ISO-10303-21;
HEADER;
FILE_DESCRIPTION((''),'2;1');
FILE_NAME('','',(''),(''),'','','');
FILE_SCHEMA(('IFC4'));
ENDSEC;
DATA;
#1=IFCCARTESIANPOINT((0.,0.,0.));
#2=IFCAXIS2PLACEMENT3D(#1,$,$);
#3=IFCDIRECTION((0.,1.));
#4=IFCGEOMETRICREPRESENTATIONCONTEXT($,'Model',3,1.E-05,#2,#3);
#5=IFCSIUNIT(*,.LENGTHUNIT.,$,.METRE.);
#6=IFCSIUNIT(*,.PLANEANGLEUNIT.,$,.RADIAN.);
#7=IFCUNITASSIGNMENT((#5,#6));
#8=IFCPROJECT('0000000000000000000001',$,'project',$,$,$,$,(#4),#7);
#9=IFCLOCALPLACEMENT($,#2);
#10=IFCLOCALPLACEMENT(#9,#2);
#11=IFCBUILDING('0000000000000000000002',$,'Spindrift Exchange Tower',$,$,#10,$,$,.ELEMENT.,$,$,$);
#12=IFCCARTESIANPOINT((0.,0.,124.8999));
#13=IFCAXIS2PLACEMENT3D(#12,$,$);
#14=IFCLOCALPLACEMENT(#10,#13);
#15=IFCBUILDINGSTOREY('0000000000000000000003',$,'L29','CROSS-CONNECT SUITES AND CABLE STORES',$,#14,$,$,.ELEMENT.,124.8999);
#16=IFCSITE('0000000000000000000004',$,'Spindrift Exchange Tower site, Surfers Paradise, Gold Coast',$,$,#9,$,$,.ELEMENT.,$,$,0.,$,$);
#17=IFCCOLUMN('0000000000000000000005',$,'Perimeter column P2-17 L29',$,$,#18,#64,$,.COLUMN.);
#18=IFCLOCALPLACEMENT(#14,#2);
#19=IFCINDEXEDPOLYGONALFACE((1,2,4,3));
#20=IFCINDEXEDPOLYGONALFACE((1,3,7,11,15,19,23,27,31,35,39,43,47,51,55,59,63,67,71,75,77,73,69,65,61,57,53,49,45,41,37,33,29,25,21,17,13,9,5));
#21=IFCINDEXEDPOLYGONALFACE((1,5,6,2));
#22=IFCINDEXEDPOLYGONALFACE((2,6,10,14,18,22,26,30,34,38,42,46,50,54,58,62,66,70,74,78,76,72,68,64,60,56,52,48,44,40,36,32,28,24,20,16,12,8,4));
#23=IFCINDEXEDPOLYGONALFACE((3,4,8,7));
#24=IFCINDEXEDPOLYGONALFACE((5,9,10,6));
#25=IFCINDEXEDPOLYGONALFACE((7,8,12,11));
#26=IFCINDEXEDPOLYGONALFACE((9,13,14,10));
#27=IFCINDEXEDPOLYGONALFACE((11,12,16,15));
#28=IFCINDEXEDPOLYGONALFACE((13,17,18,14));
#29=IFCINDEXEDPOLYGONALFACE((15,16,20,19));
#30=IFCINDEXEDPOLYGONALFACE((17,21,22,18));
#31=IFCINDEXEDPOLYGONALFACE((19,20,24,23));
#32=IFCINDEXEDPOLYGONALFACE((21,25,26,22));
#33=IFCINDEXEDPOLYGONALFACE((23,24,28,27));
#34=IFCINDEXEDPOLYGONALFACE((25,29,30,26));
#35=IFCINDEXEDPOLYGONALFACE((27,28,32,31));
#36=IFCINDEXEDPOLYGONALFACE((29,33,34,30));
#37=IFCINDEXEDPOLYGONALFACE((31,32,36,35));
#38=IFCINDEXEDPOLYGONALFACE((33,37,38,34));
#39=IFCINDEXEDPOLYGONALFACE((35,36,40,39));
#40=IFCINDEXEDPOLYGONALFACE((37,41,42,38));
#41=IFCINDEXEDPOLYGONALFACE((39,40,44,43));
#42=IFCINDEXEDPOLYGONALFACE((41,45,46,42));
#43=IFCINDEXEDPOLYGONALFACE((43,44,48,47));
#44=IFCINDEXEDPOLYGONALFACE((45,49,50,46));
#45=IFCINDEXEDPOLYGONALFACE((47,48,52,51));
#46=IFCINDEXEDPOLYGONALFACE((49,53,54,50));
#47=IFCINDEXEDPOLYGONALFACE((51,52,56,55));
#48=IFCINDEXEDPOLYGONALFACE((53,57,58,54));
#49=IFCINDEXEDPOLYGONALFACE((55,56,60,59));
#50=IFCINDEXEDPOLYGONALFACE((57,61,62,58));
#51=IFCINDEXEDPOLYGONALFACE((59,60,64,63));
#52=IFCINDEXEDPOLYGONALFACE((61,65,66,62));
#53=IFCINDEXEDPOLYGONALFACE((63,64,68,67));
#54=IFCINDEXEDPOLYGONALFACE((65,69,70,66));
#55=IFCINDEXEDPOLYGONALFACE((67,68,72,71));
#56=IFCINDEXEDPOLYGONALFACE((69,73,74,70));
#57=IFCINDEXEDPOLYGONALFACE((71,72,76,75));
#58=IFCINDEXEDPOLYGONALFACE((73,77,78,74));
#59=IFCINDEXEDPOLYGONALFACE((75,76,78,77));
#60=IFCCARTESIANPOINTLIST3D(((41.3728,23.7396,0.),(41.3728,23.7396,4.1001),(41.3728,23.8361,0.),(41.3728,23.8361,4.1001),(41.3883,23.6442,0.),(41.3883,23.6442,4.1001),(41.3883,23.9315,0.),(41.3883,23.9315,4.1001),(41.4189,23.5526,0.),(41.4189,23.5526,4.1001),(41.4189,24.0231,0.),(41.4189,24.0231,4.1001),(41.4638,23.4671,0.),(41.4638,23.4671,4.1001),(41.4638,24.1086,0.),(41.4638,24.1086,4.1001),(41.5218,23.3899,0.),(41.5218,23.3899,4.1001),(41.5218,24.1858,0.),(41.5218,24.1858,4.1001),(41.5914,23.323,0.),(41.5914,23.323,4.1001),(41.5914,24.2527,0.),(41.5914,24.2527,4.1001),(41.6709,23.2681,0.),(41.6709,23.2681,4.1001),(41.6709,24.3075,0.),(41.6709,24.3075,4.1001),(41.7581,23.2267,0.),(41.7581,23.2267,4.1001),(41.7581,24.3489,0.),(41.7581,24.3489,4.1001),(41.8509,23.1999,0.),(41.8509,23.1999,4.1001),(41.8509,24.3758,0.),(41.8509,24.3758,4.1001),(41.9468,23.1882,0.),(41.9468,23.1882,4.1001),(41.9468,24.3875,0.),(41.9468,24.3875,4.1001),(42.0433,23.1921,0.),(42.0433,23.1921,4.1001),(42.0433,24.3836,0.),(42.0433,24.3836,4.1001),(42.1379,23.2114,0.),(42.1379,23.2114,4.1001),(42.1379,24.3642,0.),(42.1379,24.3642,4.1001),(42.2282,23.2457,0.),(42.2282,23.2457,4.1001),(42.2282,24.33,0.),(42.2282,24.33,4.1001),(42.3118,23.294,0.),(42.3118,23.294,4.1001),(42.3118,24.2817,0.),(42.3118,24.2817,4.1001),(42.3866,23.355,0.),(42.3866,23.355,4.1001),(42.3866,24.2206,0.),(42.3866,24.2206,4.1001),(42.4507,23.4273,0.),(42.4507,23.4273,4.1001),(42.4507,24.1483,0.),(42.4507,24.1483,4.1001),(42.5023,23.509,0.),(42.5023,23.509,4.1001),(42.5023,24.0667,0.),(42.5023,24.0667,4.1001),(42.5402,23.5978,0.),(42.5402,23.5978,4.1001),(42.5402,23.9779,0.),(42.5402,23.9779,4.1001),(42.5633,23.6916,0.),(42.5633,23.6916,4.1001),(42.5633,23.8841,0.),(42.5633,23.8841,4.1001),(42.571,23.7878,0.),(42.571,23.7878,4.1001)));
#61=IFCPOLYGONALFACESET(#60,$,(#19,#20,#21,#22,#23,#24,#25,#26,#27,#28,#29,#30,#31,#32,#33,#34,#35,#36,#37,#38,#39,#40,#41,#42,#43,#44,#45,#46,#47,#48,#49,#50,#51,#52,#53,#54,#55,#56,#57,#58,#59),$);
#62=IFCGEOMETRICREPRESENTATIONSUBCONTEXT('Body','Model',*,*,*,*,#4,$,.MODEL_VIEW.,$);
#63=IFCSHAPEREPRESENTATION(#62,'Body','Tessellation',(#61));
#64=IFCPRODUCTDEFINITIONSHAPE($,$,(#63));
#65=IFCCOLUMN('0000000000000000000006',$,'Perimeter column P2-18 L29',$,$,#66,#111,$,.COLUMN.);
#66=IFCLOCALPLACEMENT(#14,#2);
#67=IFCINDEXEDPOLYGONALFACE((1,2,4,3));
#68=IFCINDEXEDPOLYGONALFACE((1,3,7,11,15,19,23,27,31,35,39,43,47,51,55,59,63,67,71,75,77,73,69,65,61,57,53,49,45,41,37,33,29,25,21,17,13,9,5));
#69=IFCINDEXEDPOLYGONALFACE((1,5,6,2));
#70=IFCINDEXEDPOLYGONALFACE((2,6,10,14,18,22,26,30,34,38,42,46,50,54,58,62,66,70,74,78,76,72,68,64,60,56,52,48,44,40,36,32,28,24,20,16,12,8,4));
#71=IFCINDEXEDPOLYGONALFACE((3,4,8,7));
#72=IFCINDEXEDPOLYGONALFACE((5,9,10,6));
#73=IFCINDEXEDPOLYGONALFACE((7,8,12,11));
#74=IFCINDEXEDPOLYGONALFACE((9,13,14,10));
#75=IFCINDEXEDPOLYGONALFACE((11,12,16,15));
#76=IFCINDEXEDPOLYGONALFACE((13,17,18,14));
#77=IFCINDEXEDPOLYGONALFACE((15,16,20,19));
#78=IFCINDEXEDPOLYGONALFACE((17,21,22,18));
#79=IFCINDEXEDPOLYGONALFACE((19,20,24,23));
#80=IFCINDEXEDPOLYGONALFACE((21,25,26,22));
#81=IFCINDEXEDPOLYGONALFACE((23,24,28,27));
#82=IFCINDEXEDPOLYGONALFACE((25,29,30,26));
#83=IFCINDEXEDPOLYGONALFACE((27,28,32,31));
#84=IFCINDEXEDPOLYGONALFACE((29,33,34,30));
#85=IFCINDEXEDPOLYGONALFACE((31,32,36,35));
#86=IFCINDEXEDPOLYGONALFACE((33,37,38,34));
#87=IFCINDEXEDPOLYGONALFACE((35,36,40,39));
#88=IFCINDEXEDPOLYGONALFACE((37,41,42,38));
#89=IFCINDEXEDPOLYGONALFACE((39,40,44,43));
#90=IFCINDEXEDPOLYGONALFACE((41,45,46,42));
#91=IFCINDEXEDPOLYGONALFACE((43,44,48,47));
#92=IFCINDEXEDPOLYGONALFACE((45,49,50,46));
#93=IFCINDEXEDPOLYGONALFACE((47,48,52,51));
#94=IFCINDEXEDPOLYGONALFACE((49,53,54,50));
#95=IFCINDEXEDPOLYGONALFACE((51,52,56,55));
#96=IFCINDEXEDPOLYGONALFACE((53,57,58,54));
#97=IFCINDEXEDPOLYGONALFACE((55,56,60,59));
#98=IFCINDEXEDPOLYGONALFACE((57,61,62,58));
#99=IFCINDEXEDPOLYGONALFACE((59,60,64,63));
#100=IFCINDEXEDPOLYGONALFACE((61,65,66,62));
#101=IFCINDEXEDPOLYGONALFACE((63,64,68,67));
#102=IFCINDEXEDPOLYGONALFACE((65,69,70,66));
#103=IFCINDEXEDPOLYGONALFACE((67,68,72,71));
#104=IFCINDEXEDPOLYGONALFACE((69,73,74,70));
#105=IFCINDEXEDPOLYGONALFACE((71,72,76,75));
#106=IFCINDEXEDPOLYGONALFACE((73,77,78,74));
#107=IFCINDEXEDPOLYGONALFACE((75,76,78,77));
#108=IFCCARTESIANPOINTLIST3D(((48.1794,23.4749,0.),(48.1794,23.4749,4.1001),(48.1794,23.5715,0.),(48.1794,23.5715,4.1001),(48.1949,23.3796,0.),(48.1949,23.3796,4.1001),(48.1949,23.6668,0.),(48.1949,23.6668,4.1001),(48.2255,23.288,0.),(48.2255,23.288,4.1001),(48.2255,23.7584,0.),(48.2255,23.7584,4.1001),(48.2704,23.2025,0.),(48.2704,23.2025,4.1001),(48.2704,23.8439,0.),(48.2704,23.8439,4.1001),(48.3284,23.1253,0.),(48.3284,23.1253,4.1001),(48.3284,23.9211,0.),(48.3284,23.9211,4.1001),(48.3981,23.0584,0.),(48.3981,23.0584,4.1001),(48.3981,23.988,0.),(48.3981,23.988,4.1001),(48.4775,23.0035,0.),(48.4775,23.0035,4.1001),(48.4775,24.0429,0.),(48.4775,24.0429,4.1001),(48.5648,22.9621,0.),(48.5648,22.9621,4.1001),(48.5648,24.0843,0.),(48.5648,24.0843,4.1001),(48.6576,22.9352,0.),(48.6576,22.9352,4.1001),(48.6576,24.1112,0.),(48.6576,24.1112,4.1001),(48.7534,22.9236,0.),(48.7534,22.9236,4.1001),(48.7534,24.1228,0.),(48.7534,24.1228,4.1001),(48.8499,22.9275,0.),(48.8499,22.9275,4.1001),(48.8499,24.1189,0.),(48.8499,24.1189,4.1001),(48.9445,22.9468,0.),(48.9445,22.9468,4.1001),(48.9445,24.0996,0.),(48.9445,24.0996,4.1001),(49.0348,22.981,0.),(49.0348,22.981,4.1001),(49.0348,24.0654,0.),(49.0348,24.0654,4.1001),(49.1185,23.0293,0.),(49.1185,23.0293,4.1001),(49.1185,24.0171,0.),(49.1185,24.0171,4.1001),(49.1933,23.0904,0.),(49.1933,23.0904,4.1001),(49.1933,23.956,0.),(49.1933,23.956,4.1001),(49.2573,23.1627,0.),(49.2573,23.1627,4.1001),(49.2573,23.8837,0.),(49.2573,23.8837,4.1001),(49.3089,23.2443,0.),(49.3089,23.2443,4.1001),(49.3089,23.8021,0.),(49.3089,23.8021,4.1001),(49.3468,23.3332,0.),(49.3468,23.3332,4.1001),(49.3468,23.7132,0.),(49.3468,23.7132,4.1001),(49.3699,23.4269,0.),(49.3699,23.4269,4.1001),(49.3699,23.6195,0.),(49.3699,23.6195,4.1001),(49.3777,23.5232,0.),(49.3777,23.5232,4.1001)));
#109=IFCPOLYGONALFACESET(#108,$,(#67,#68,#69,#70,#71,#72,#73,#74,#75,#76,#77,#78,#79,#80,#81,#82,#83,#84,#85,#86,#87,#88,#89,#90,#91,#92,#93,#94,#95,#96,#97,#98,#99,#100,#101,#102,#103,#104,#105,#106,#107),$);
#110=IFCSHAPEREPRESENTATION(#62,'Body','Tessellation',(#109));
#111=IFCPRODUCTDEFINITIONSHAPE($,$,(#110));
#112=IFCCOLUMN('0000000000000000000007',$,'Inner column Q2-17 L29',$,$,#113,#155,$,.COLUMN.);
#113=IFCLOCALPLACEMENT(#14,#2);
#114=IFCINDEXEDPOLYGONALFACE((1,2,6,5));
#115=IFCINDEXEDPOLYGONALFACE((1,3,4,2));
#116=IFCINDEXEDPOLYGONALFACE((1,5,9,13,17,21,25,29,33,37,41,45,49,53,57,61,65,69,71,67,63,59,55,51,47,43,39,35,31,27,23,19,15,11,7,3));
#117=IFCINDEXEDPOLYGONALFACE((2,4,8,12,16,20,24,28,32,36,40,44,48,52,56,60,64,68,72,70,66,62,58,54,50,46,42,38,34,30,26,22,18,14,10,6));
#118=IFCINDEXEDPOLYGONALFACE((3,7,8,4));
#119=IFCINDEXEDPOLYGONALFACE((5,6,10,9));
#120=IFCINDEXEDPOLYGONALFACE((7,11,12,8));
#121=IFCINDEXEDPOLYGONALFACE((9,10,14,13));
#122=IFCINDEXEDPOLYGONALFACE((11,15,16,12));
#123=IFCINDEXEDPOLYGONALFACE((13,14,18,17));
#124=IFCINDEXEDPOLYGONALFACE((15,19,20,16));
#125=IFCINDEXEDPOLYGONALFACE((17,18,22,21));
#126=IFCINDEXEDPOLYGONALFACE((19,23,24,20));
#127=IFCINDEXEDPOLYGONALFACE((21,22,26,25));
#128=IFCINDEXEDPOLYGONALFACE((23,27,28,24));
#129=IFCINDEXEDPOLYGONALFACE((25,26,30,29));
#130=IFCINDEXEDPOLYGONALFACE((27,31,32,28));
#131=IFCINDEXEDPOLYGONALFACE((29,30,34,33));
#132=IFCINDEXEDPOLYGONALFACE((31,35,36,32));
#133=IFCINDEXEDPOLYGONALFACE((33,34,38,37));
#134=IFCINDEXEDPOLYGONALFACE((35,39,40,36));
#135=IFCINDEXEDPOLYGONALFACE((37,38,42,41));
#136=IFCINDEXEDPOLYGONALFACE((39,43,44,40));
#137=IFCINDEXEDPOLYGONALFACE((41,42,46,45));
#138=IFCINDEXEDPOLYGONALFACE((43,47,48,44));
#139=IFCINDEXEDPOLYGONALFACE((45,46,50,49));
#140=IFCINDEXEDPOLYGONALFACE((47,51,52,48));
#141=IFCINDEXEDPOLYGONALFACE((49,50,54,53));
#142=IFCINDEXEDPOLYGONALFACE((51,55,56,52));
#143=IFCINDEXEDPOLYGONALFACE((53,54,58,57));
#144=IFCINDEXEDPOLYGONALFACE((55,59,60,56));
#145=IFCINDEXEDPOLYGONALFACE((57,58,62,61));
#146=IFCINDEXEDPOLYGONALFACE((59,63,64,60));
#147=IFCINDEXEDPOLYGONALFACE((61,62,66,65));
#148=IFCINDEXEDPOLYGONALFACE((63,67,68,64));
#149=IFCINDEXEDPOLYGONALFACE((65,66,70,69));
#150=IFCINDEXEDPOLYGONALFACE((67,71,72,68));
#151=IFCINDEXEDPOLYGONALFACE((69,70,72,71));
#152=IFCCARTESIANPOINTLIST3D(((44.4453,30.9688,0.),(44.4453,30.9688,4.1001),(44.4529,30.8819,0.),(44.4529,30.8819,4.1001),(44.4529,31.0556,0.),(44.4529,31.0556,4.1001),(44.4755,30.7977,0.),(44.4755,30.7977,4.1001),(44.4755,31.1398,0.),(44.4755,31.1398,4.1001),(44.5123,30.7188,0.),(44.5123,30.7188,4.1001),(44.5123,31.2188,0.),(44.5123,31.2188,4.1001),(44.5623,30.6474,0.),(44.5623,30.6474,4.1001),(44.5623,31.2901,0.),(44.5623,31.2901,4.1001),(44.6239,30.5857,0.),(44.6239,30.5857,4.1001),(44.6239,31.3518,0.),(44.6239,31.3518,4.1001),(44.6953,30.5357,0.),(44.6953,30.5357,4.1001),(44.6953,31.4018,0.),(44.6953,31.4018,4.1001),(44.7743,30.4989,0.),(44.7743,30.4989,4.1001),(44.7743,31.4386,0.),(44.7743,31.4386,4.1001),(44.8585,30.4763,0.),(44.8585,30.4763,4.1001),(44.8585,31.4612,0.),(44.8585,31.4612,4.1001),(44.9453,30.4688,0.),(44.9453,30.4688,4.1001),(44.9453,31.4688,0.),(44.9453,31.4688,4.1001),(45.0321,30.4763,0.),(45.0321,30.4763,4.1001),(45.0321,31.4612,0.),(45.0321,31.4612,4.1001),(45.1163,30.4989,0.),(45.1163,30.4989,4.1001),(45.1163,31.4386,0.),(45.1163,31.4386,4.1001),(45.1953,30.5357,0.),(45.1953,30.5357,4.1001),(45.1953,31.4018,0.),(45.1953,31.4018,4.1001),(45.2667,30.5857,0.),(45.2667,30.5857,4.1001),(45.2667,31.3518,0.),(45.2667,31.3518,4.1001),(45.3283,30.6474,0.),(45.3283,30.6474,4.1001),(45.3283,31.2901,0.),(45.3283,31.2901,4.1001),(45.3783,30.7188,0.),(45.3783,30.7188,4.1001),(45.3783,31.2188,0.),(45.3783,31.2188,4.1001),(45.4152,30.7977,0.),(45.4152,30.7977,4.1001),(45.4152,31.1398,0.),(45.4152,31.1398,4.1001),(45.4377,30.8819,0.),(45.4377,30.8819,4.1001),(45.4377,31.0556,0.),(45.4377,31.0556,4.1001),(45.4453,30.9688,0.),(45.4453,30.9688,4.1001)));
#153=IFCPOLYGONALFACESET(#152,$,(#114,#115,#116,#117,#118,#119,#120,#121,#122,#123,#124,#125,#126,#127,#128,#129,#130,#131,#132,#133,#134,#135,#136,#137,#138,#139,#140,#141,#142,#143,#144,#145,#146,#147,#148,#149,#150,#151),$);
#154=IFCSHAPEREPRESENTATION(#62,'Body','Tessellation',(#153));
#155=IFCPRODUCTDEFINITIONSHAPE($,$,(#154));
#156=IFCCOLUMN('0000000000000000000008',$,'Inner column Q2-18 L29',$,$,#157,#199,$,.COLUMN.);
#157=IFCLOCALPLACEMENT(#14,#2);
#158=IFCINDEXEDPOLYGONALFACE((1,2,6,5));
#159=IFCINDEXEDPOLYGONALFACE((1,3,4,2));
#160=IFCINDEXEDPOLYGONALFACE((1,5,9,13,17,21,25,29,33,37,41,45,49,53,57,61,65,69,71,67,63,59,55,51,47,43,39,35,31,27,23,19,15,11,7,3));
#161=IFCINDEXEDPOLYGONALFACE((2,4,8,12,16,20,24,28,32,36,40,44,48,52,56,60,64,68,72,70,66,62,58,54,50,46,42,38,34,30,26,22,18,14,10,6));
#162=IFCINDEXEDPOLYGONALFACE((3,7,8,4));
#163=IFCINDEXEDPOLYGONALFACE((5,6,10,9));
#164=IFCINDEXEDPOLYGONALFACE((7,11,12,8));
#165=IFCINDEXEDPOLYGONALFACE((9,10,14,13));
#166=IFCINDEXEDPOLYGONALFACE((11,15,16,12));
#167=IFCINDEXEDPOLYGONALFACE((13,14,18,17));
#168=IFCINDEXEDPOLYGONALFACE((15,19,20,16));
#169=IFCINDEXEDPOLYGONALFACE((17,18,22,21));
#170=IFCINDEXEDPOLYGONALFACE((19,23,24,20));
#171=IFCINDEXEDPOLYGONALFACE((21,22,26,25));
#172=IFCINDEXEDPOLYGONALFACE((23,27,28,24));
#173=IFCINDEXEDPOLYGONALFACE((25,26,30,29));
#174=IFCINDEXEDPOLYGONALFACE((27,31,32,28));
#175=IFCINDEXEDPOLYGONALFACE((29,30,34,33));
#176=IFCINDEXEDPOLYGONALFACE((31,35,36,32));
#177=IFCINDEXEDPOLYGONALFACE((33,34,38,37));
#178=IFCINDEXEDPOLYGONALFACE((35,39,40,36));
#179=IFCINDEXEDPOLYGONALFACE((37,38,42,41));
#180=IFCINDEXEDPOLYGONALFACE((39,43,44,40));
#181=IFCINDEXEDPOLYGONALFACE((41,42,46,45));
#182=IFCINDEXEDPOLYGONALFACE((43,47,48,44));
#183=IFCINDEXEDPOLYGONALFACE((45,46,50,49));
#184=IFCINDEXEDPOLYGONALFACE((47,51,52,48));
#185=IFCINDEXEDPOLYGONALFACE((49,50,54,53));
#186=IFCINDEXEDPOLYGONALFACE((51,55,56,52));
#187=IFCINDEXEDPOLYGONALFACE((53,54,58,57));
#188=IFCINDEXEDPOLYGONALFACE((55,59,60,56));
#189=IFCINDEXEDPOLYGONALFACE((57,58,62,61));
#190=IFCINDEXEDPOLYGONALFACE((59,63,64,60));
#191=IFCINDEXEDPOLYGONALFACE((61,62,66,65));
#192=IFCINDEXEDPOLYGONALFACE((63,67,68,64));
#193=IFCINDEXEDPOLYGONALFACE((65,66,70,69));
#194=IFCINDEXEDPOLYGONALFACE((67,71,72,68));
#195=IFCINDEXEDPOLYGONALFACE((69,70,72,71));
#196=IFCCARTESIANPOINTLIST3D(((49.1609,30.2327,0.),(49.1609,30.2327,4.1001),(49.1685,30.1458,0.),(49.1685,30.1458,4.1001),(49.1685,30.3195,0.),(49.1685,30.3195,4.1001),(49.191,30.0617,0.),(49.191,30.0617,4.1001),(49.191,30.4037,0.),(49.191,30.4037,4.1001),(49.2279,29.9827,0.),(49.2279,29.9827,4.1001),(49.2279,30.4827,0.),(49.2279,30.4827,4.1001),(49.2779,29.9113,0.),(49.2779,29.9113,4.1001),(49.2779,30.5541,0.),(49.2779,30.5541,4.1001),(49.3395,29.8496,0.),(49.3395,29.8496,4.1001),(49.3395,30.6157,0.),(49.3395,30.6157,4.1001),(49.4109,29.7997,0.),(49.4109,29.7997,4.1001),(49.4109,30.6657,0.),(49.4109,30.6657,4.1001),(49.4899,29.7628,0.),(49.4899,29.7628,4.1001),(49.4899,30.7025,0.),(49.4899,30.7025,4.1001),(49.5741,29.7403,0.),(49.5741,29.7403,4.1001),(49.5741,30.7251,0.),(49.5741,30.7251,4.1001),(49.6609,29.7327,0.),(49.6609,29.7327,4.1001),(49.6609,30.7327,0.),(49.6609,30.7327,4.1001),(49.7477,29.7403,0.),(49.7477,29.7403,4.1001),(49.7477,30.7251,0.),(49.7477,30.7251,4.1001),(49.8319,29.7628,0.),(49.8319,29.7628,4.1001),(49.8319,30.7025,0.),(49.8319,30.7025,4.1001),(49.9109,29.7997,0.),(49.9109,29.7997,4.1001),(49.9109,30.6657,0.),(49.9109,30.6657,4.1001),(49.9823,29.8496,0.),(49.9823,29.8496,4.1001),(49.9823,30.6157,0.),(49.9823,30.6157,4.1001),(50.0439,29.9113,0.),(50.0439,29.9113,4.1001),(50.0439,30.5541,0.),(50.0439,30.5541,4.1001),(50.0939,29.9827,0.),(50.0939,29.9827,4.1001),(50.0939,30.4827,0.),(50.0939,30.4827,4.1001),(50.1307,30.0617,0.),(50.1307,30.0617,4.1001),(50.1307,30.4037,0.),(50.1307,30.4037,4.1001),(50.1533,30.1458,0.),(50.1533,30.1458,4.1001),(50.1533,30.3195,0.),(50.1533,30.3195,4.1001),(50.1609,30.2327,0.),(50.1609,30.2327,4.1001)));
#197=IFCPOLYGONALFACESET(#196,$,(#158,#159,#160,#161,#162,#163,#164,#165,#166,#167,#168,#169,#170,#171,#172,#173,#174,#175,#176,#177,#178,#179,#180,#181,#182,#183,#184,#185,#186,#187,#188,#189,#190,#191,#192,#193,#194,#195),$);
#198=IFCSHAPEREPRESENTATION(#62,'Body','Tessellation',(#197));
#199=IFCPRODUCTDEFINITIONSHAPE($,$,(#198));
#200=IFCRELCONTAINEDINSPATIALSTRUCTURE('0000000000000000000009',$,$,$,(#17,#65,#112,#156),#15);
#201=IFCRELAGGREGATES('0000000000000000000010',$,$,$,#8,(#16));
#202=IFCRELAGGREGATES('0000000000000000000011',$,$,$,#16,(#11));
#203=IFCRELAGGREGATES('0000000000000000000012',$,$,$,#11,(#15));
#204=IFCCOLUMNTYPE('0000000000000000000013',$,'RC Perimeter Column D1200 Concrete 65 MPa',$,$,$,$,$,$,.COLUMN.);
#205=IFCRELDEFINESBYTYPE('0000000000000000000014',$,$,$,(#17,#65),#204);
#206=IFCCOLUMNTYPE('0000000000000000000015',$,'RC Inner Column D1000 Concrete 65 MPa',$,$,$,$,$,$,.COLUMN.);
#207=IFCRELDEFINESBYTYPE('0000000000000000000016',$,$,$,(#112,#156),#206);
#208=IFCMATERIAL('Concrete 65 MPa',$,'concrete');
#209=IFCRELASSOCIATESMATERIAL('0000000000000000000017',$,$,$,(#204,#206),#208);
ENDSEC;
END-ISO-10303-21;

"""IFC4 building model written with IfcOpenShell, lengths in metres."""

from ifc_helpers import new_model, si_unit, direction, frame, origin, origin_2d, place, context, subcontext, project, spatial, circle, extrude, source, transform, mapped, material, material_profile, profile_set, type_object, element, save


model = new_model("IFC4")

# Units and contexts
model_context = context("Model", 3, precision=1e-05, world=origin(), true_north=direction((0.0, 1.0)))
body_context = subcontext(model_context, "Body", "Model", "MODEL_VIEW")
ifc_project = project(units=[si_unit("LENGTHUNIT", "METRE"), si_unit("PLANEANGLEUNIT", "RADIAN")], contexts=[model_context])

# Site, building, storey
site_placement = place(None, origin())
site = spatial("IfcSite", under=ifc_project, at=site_placement, Name="Spindrift Exchange Tower site, Surfers Paradise, Gold Coast", CompositionType="ELEMENT", RefElevation=0.0)
building_placement = place(site_placement, origin())
building = spatial("IfcBuilding", under=site, at=building_placement, Name="Spindrift Exchange Tower", CompositionType="ELEMENT")
storey_placement = place(building_placement, frame((0.0, 0.0, 124.8999)))
storey = spatial("IfcBuildingStorey", under=building, at=storey_placement, Name="L29", Description="CROSS-CONNECT SUITES AND CABLE STORES", CompositionType="ELEMENT", Elevation=124.8999)

# Columns
ifc_material_1 = material(Name="Concrete 65 MPa", Category="concrete")
ifc_material_profile_1 = material_profile(ifc_material_1, circle(Radius=0.6001, at=origin_2d()), Name="RC D1200")
ifc_profile_set_1 = profile_set([ifc_material_profile_1], Name="Concrete 65 MPa")
column_type_1 = type_object("IfcColumnType", Name="RC Perimeter Column D1200 Concrete 65 MPa", PredefinedType="COLUMN", material=ifc_profile_set_1)
shared_shape_1 = source(origin(), body_context, "Body", "SweptSolid", [
    extrude(circle(Radius=0.6001, at=origin_2d()), origin(), (0.0, 0.0, 1.0), 4.1001),
])
for number, where, z_axis, x_axis, name in (
    (1, (41.9709, 23.7878, 0.0), (0.0, 0.0, 1.0), (1.0, 0.0, 0.0), "Perimeter column P2-17 L29"),
    (2, (48.7776, 23.5232, 0.0), (0.0, 0.0, 1.0), (1.0, 0.0, 0.0), "Perimeter column P2-18 L29"),
):
    element("IfcColumn", number, at=place(storey_placement, frame(where, z_axis=z_axis, x_axis=x_axis)), inside=storey, type_object=column_type_1, Name=name, PredefinedType="COLUMN", context=body_context, shape_type="MappedRepresentation", body=[
        mapped(shared_shape_1, transform((0.0, 0.0, 0.0), scale=1.0)),
    ])
ifc_material_profile_2 = material_profile(ifc_material_1, circle(Radius=0.5, at=origin_2d()), Name="RC D1000")
ifc_profile_set_2 = profile_set([ifc_material_profile_2], Name="Concrete 65 MPa")
column_type_2 = type_object("IfcColumnType", Name="RC Inner Column D1000 Concrete 65 MPa", PredefinedType="COLUMN", material=ifc_profile_set_2)
shared_shape_2 = source(origin(), body_context, "Body", "SweptSolid", [
    extrude(circle(Radius=0.5, at=origin_2d()), origin(), (0.0, 0.0, 1.0), 4.1001),
])
for number, where, z_axis, x_axis, name in (
    (3, (44.9453, 30.9688, 0.0), (0.0, 0.0, 1.0), (1.0, 0.0, 0.0), "Inner column Q2-17 L29"),
    (4, (49.6609, 30.2327, 0.0), (0.0, 0.0, 1.0), (1.0, 0.0, 0.0), "Inner column Q2-18 L29"),
):
    element("IfcColumn", number, at=place(storey_placement, frame(where, z_axis=z_axis, x_axis=x_axis)), inside=storey, type_object=column_type_2, Name=name, PredefinedType="COLUMN", context=body_context, shape_type="MappedRepresentation", body=[
        mapped(shared_shape_2, transform((0.0, 0.0, 0.0), scale=1.0)),
    ])

save(model, "model.ifc")
